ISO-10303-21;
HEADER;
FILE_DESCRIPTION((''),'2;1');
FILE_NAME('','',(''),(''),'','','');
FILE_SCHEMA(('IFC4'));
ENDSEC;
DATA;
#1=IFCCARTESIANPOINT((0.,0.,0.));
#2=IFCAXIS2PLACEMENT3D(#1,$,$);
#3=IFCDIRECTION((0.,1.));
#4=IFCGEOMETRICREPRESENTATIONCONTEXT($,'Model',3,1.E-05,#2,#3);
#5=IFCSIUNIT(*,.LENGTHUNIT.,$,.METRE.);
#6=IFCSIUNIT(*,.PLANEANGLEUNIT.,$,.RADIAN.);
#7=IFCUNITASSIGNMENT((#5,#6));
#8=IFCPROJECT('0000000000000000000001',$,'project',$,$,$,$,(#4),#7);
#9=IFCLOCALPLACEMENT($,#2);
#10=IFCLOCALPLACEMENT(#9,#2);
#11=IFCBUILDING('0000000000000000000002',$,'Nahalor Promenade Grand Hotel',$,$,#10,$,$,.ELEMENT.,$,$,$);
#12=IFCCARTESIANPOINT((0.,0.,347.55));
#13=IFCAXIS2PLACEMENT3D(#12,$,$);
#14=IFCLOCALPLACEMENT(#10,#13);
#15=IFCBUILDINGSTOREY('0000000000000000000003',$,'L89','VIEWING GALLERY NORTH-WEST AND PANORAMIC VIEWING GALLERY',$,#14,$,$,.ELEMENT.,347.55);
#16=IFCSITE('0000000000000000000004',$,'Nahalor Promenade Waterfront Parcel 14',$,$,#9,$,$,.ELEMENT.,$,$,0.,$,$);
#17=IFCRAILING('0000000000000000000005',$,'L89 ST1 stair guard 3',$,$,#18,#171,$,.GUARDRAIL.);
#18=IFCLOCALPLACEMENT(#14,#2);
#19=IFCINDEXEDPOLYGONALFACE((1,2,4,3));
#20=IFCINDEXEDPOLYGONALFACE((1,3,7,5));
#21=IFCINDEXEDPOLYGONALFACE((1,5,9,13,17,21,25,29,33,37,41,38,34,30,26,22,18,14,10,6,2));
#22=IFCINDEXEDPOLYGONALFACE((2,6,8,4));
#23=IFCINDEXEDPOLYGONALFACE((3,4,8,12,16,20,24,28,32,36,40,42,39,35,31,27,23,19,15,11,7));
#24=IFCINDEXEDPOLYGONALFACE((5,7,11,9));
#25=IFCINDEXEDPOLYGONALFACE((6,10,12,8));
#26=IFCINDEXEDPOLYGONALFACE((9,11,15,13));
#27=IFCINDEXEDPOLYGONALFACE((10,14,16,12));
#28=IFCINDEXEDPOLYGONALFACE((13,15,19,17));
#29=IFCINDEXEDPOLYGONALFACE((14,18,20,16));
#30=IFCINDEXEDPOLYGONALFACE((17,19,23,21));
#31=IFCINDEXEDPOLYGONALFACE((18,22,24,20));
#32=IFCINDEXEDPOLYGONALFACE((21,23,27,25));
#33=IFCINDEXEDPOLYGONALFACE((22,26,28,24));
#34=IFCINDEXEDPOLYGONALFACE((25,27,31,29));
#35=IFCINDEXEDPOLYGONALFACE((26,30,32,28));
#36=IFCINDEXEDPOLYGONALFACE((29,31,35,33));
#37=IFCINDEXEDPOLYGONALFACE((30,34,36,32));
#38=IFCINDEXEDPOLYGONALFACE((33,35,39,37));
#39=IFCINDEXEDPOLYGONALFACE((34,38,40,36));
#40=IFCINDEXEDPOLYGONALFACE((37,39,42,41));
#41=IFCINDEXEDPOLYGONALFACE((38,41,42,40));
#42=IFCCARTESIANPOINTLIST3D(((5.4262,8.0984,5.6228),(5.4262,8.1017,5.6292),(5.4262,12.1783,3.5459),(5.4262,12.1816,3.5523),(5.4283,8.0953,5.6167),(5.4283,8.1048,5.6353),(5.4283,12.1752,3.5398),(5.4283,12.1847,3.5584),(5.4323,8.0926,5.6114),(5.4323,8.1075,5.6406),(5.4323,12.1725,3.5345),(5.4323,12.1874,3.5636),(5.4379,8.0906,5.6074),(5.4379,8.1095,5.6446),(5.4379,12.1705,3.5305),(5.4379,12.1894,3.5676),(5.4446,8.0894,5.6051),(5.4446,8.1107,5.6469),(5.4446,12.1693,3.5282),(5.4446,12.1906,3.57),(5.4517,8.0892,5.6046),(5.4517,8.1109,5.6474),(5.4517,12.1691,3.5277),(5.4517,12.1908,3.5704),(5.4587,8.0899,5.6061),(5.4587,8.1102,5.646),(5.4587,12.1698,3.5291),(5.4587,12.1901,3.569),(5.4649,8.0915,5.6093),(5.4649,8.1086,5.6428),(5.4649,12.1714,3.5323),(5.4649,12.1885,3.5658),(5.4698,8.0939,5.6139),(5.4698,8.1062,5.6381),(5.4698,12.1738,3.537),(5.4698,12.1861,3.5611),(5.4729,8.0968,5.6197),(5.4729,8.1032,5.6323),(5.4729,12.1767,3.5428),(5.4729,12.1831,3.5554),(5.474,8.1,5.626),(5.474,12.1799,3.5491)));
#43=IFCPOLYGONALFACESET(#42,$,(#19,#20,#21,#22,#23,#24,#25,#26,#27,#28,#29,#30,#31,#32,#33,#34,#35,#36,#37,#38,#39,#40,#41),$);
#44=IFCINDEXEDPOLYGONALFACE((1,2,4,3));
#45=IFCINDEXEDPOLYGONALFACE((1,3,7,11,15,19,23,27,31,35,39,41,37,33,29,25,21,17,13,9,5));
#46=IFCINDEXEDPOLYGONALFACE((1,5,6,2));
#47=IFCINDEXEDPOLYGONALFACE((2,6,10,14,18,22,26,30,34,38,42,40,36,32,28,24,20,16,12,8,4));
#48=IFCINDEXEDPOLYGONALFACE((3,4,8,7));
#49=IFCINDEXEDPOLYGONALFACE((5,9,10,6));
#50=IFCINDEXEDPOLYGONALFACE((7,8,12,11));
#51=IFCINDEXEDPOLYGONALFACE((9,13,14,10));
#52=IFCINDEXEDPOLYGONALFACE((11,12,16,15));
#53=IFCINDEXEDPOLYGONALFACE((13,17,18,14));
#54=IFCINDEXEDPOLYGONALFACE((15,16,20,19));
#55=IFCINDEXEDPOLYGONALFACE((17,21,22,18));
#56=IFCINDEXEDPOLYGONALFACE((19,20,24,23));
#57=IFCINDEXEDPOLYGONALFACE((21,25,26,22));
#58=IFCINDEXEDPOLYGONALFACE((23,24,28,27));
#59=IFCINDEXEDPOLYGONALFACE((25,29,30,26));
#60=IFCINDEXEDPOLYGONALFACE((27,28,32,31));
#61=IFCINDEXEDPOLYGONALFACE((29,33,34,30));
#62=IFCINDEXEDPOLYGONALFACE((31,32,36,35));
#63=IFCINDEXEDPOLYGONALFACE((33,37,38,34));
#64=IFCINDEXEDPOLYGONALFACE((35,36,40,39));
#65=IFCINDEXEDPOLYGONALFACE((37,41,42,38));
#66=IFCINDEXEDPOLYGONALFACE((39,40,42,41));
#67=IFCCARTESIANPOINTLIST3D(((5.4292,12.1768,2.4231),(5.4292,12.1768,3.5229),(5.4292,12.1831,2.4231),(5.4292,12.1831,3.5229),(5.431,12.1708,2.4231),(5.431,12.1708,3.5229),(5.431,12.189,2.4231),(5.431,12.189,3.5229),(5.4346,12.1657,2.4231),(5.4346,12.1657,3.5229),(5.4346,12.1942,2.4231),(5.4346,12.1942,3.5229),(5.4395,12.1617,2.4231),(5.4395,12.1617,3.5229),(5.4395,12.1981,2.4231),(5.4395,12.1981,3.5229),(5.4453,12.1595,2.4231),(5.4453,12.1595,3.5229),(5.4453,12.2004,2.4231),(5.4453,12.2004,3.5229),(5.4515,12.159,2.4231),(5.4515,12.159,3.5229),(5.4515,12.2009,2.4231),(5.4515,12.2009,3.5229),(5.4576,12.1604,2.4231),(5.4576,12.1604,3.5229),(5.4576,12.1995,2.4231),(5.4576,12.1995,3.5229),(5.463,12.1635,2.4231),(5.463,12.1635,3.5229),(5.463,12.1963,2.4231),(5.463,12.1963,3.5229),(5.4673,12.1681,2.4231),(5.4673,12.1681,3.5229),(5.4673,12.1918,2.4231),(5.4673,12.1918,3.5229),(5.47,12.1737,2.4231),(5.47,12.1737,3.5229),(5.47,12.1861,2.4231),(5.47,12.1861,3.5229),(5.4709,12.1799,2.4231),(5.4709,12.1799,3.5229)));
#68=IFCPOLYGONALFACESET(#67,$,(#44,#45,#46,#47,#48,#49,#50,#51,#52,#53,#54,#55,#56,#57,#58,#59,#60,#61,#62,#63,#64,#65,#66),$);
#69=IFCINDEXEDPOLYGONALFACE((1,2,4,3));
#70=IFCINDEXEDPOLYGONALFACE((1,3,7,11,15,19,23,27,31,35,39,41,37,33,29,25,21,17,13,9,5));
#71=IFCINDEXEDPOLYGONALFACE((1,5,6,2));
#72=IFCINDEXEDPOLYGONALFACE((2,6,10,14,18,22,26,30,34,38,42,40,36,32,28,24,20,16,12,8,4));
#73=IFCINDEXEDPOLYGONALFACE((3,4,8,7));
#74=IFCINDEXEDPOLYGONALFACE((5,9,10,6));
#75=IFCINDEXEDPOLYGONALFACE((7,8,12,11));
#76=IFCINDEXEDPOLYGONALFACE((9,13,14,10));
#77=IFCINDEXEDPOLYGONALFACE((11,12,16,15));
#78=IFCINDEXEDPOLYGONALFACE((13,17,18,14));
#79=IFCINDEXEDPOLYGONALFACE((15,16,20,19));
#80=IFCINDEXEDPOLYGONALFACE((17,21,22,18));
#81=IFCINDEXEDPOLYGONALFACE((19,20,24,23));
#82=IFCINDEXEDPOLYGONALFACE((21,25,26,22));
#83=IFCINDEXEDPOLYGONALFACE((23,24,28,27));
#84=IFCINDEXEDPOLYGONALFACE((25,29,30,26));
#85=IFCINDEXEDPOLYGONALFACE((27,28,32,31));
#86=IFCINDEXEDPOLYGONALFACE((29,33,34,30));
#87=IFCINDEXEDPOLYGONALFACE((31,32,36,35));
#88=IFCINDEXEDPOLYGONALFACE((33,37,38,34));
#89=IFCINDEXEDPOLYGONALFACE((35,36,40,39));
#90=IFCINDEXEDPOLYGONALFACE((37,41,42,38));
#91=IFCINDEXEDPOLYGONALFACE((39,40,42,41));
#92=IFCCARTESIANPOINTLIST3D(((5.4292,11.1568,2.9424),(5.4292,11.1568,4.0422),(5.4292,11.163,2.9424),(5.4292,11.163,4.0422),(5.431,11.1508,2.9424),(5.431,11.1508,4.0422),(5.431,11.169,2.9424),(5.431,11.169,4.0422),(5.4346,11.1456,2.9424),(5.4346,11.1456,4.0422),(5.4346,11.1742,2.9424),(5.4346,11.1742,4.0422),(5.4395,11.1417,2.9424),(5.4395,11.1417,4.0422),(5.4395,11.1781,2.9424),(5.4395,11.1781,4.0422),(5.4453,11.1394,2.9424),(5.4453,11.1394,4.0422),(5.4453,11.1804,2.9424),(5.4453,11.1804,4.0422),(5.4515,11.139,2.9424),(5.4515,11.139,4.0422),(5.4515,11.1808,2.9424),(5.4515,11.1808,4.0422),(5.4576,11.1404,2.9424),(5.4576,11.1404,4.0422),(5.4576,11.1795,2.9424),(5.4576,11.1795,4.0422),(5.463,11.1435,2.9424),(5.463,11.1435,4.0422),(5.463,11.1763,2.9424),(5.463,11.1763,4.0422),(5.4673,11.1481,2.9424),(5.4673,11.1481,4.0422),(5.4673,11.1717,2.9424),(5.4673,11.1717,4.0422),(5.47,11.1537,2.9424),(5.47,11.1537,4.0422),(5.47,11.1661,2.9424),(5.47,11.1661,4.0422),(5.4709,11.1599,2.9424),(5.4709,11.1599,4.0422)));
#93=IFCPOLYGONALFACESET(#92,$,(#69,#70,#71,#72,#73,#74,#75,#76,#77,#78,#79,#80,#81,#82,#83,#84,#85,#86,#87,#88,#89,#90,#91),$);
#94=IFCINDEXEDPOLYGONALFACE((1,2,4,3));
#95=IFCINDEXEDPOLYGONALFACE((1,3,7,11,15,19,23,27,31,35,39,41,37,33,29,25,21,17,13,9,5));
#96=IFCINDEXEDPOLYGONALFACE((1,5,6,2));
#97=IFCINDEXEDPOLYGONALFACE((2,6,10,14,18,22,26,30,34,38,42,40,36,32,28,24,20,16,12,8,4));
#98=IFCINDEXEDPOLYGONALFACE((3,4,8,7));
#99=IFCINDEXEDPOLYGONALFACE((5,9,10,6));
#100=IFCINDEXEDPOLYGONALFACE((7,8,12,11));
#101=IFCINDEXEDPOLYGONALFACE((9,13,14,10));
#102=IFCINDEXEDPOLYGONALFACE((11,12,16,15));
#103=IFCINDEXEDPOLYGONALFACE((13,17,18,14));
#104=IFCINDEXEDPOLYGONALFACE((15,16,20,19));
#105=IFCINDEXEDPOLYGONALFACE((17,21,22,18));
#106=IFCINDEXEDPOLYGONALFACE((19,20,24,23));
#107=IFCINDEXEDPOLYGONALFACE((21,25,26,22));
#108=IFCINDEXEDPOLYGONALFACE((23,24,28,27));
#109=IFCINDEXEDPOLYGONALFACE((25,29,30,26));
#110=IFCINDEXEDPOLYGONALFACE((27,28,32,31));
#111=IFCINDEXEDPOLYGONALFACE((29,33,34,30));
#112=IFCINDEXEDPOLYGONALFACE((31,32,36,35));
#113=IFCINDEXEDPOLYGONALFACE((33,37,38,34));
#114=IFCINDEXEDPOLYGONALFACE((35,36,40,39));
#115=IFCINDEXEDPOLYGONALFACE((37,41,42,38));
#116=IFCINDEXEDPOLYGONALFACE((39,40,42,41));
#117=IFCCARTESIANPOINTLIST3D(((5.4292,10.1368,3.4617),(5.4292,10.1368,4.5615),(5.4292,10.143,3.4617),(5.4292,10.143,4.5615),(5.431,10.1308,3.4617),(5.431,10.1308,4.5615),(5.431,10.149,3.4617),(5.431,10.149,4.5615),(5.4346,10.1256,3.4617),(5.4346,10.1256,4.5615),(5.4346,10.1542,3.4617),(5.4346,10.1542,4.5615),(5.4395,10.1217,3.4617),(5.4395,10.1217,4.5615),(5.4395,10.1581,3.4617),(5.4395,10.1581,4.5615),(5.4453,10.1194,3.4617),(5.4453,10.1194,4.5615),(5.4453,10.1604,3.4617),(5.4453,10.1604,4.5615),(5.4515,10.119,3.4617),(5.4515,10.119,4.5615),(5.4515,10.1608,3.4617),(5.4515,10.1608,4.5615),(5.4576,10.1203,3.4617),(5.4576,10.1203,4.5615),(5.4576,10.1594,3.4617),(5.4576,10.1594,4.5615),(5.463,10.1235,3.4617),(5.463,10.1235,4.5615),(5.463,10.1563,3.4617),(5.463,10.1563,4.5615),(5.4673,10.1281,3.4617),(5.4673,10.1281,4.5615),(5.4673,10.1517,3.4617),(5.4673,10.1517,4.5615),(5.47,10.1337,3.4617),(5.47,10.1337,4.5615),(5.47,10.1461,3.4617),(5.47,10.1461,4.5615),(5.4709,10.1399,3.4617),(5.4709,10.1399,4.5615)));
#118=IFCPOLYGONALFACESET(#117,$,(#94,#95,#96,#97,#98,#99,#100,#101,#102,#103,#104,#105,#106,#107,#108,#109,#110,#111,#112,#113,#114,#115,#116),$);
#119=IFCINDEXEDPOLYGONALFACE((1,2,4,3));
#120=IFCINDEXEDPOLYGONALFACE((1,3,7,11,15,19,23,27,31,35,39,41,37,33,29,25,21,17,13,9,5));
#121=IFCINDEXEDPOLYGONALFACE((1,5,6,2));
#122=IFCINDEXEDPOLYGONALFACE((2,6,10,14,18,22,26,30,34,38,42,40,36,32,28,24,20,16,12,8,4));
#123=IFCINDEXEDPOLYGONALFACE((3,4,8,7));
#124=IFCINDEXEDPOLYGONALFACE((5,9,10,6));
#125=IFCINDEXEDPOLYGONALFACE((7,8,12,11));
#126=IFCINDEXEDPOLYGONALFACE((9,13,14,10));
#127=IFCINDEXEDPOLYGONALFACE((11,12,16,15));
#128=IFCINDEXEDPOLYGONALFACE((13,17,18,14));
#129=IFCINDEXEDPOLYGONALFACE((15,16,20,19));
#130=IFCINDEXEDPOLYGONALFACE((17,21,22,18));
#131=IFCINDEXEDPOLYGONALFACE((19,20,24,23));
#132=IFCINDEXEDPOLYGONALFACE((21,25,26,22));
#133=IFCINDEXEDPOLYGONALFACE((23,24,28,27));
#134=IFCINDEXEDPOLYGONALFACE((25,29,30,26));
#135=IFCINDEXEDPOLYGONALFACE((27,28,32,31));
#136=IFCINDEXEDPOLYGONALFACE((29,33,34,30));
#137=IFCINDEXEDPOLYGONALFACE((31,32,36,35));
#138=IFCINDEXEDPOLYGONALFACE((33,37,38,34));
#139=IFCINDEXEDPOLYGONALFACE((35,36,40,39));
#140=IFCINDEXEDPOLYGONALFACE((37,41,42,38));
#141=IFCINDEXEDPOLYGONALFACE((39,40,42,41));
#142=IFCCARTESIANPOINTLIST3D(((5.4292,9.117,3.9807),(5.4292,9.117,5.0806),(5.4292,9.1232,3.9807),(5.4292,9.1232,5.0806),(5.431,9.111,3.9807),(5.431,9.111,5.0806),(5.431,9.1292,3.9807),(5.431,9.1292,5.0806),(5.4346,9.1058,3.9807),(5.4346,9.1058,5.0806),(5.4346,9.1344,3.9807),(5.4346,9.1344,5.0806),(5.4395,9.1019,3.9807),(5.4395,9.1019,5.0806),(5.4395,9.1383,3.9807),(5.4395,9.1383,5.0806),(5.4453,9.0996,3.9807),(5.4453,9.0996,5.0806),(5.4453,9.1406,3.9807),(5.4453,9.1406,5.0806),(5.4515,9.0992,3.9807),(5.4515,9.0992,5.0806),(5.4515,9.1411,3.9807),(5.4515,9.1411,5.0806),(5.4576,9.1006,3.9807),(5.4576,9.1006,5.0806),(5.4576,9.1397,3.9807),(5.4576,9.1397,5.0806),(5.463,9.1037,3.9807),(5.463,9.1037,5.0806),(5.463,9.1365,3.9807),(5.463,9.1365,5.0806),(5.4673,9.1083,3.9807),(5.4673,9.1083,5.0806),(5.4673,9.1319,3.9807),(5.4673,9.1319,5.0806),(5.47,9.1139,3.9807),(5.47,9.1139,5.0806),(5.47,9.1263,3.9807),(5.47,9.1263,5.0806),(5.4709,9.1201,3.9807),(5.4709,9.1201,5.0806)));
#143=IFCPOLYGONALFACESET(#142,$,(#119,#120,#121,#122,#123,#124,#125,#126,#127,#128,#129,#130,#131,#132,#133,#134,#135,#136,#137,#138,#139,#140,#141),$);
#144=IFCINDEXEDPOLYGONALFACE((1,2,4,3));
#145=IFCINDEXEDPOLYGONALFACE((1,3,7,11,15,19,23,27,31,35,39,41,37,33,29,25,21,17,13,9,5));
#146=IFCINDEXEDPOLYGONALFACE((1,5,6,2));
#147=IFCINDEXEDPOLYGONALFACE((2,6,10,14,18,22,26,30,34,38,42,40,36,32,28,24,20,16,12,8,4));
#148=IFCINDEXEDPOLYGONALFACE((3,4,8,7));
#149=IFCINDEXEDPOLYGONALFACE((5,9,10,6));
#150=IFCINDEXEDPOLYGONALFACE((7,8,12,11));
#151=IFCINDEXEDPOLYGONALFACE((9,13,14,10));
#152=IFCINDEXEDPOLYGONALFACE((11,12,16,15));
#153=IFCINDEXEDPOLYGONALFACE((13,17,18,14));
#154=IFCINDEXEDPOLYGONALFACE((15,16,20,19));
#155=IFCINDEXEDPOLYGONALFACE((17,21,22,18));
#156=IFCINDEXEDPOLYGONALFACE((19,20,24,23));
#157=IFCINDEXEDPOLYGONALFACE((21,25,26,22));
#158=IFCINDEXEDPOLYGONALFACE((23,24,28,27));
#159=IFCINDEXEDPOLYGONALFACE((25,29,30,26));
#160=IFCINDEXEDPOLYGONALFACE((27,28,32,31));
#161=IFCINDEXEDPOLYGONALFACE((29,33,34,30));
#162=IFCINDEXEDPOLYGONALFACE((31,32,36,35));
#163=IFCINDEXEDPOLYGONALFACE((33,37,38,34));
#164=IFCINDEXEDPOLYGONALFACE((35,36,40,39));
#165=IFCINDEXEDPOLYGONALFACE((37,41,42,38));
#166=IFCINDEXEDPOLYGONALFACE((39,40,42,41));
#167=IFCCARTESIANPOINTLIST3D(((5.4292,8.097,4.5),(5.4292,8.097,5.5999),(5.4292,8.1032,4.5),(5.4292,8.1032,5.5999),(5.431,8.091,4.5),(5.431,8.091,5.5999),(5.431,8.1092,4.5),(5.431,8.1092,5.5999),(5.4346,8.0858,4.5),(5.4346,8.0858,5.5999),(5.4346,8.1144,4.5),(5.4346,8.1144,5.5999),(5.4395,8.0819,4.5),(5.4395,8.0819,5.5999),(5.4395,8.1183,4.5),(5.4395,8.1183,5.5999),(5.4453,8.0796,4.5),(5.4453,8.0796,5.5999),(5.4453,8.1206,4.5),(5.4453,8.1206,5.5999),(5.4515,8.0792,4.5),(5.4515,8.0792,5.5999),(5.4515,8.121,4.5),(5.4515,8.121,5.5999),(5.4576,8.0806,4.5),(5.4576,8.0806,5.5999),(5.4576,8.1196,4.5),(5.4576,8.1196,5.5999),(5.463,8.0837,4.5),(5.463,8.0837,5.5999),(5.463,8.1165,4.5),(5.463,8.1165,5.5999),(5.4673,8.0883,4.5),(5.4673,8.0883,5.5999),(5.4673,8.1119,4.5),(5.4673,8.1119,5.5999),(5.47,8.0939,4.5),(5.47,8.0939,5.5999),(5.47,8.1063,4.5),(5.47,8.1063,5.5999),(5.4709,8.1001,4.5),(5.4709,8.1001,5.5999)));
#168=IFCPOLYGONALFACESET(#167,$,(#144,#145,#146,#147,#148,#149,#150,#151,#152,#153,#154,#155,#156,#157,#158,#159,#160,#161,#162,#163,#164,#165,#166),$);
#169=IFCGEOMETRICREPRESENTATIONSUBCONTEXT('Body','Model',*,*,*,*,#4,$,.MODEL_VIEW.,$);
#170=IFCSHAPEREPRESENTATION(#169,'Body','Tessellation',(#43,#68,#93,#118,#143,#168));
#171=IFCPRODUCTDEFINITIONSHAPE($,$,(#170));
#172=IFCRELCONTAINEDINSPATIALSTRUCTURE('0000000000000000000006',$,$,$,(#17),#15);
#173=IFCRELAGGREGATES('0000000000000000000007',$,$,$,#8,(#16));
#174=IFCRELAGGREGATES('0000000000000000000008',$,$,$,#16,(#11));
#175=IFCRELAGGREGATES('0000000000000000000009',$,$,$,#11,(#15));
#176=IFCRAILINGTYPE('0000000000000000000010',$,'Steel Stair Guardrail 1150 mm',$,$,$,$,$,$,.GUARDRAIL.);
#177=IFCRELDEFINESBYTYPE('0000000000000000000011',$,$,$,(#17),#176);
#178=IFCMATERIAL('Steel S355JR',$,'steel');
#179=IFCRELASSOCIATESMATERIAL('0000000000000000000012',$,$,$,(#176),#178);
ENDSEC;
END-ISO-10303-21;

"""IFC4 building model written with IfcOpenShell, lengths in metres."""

from ifc_helpers import new_model, si_unit, direction, frame, origin, origin_2d, place, context, subcontext, project, spatial, circle, extrude, material, type_object, element, save


model = new_model("IFC4")

# Units and contexts
model_context = context("Model", 3, precision=1e-05, world=origin(), true_north=direction((0.0, 1.0)))
body_context = subcontext(model_context, "Body", "Model", "MODEL_VIEW")
ifc_project = project(units=[si_unit("LENGTHUNIT", "METRE"), si_unit("PLANEANGLEUNIT", "RADIAN")], contexts=[model_context])

# Site, building, storey
site_placement = place(None, origin())
site = spatial("IfcSite", under=ifc_project, at=site_placement, Name="Nahalor Promenade Waterfront Parcel 14", CompositionType="ELEMENT", RefElevation=0.0)
building_placement = place(site_placement, origin())
building = spatial("IfcBuilding", under=site, at=building_placement, Name="Nahalor Promenade Grand Hotel", CompositionType="ELEMENT")
storey_placement = place(building_placement, frame((0.0, 0.0, 347.55)))
storey = spatial("IfcBuildingStorey", under=building, at=storey_placement, Name="L89", Description="VIEWING GALLERY NORTH-WEST AND PANORAMIC VIEWING GALLERY", CompositionType="ELEMENT", Elevation=347.55)

# Shared definitions
ifc_material_1 = material(Name="Steel S355JR", Category="steel")

# Railing
railing_type_1 = type_object("IfcRailingType", Name="Steel Stair Guardrail 1150 mm", PredefinedType="GUARDRAIL", material=ifc_material_1)
railing_1_placement = place(storey_placement, frame((5.45, 12.1799, 2.4231)))
element("IfcRailing", 1, at=railing_1_placement, inside=storey, type_object=railing_type_1, Name="L89 ST1 stair guard 3", PredefinedType="GUARDRAIL", context=body_context, shape_type="SweptSolid", body=[
    extrude(circle(Radius=0.024, at=origin_2d()), frame((0.0, 0.0, 1.126), z_axis=(0.0, -0.891172, 0.453665), x_axis=(1.0, 0.0, 0.0)), (0.0, 0.0, 1.0), 4.5781),
    extrude(circle(Radius=0.021, at=origin_2d()), origin(), (0.0, 0.0, 1.0), 1.0999),
    extrude(circle(Radius=0.021, at=origin_2d()), frame((0.0, -1.02, 0.5193)), (0.0, 0.0, 1.0), 1.0999),
    extrude(circle(Radius=0.021, at=origin_2d()), frame((0.0, -2.04, 1.0386)), (0.0, 0.0, 1.0), 1.0999),
    extrude(circle(Radius=0.021, at=origin_2d()), frame((0.0, -3.0598, 1.5576)), (0.0, 0.0, 1.0), 1.0999),
    extrude(circle(Radius=0.021, at=origin_2d()), frame((0.0, -4.0798, 2.0769)), (0.0, 0.0, 1.0), 1.0999),
])

save(model, "model.ifc")
